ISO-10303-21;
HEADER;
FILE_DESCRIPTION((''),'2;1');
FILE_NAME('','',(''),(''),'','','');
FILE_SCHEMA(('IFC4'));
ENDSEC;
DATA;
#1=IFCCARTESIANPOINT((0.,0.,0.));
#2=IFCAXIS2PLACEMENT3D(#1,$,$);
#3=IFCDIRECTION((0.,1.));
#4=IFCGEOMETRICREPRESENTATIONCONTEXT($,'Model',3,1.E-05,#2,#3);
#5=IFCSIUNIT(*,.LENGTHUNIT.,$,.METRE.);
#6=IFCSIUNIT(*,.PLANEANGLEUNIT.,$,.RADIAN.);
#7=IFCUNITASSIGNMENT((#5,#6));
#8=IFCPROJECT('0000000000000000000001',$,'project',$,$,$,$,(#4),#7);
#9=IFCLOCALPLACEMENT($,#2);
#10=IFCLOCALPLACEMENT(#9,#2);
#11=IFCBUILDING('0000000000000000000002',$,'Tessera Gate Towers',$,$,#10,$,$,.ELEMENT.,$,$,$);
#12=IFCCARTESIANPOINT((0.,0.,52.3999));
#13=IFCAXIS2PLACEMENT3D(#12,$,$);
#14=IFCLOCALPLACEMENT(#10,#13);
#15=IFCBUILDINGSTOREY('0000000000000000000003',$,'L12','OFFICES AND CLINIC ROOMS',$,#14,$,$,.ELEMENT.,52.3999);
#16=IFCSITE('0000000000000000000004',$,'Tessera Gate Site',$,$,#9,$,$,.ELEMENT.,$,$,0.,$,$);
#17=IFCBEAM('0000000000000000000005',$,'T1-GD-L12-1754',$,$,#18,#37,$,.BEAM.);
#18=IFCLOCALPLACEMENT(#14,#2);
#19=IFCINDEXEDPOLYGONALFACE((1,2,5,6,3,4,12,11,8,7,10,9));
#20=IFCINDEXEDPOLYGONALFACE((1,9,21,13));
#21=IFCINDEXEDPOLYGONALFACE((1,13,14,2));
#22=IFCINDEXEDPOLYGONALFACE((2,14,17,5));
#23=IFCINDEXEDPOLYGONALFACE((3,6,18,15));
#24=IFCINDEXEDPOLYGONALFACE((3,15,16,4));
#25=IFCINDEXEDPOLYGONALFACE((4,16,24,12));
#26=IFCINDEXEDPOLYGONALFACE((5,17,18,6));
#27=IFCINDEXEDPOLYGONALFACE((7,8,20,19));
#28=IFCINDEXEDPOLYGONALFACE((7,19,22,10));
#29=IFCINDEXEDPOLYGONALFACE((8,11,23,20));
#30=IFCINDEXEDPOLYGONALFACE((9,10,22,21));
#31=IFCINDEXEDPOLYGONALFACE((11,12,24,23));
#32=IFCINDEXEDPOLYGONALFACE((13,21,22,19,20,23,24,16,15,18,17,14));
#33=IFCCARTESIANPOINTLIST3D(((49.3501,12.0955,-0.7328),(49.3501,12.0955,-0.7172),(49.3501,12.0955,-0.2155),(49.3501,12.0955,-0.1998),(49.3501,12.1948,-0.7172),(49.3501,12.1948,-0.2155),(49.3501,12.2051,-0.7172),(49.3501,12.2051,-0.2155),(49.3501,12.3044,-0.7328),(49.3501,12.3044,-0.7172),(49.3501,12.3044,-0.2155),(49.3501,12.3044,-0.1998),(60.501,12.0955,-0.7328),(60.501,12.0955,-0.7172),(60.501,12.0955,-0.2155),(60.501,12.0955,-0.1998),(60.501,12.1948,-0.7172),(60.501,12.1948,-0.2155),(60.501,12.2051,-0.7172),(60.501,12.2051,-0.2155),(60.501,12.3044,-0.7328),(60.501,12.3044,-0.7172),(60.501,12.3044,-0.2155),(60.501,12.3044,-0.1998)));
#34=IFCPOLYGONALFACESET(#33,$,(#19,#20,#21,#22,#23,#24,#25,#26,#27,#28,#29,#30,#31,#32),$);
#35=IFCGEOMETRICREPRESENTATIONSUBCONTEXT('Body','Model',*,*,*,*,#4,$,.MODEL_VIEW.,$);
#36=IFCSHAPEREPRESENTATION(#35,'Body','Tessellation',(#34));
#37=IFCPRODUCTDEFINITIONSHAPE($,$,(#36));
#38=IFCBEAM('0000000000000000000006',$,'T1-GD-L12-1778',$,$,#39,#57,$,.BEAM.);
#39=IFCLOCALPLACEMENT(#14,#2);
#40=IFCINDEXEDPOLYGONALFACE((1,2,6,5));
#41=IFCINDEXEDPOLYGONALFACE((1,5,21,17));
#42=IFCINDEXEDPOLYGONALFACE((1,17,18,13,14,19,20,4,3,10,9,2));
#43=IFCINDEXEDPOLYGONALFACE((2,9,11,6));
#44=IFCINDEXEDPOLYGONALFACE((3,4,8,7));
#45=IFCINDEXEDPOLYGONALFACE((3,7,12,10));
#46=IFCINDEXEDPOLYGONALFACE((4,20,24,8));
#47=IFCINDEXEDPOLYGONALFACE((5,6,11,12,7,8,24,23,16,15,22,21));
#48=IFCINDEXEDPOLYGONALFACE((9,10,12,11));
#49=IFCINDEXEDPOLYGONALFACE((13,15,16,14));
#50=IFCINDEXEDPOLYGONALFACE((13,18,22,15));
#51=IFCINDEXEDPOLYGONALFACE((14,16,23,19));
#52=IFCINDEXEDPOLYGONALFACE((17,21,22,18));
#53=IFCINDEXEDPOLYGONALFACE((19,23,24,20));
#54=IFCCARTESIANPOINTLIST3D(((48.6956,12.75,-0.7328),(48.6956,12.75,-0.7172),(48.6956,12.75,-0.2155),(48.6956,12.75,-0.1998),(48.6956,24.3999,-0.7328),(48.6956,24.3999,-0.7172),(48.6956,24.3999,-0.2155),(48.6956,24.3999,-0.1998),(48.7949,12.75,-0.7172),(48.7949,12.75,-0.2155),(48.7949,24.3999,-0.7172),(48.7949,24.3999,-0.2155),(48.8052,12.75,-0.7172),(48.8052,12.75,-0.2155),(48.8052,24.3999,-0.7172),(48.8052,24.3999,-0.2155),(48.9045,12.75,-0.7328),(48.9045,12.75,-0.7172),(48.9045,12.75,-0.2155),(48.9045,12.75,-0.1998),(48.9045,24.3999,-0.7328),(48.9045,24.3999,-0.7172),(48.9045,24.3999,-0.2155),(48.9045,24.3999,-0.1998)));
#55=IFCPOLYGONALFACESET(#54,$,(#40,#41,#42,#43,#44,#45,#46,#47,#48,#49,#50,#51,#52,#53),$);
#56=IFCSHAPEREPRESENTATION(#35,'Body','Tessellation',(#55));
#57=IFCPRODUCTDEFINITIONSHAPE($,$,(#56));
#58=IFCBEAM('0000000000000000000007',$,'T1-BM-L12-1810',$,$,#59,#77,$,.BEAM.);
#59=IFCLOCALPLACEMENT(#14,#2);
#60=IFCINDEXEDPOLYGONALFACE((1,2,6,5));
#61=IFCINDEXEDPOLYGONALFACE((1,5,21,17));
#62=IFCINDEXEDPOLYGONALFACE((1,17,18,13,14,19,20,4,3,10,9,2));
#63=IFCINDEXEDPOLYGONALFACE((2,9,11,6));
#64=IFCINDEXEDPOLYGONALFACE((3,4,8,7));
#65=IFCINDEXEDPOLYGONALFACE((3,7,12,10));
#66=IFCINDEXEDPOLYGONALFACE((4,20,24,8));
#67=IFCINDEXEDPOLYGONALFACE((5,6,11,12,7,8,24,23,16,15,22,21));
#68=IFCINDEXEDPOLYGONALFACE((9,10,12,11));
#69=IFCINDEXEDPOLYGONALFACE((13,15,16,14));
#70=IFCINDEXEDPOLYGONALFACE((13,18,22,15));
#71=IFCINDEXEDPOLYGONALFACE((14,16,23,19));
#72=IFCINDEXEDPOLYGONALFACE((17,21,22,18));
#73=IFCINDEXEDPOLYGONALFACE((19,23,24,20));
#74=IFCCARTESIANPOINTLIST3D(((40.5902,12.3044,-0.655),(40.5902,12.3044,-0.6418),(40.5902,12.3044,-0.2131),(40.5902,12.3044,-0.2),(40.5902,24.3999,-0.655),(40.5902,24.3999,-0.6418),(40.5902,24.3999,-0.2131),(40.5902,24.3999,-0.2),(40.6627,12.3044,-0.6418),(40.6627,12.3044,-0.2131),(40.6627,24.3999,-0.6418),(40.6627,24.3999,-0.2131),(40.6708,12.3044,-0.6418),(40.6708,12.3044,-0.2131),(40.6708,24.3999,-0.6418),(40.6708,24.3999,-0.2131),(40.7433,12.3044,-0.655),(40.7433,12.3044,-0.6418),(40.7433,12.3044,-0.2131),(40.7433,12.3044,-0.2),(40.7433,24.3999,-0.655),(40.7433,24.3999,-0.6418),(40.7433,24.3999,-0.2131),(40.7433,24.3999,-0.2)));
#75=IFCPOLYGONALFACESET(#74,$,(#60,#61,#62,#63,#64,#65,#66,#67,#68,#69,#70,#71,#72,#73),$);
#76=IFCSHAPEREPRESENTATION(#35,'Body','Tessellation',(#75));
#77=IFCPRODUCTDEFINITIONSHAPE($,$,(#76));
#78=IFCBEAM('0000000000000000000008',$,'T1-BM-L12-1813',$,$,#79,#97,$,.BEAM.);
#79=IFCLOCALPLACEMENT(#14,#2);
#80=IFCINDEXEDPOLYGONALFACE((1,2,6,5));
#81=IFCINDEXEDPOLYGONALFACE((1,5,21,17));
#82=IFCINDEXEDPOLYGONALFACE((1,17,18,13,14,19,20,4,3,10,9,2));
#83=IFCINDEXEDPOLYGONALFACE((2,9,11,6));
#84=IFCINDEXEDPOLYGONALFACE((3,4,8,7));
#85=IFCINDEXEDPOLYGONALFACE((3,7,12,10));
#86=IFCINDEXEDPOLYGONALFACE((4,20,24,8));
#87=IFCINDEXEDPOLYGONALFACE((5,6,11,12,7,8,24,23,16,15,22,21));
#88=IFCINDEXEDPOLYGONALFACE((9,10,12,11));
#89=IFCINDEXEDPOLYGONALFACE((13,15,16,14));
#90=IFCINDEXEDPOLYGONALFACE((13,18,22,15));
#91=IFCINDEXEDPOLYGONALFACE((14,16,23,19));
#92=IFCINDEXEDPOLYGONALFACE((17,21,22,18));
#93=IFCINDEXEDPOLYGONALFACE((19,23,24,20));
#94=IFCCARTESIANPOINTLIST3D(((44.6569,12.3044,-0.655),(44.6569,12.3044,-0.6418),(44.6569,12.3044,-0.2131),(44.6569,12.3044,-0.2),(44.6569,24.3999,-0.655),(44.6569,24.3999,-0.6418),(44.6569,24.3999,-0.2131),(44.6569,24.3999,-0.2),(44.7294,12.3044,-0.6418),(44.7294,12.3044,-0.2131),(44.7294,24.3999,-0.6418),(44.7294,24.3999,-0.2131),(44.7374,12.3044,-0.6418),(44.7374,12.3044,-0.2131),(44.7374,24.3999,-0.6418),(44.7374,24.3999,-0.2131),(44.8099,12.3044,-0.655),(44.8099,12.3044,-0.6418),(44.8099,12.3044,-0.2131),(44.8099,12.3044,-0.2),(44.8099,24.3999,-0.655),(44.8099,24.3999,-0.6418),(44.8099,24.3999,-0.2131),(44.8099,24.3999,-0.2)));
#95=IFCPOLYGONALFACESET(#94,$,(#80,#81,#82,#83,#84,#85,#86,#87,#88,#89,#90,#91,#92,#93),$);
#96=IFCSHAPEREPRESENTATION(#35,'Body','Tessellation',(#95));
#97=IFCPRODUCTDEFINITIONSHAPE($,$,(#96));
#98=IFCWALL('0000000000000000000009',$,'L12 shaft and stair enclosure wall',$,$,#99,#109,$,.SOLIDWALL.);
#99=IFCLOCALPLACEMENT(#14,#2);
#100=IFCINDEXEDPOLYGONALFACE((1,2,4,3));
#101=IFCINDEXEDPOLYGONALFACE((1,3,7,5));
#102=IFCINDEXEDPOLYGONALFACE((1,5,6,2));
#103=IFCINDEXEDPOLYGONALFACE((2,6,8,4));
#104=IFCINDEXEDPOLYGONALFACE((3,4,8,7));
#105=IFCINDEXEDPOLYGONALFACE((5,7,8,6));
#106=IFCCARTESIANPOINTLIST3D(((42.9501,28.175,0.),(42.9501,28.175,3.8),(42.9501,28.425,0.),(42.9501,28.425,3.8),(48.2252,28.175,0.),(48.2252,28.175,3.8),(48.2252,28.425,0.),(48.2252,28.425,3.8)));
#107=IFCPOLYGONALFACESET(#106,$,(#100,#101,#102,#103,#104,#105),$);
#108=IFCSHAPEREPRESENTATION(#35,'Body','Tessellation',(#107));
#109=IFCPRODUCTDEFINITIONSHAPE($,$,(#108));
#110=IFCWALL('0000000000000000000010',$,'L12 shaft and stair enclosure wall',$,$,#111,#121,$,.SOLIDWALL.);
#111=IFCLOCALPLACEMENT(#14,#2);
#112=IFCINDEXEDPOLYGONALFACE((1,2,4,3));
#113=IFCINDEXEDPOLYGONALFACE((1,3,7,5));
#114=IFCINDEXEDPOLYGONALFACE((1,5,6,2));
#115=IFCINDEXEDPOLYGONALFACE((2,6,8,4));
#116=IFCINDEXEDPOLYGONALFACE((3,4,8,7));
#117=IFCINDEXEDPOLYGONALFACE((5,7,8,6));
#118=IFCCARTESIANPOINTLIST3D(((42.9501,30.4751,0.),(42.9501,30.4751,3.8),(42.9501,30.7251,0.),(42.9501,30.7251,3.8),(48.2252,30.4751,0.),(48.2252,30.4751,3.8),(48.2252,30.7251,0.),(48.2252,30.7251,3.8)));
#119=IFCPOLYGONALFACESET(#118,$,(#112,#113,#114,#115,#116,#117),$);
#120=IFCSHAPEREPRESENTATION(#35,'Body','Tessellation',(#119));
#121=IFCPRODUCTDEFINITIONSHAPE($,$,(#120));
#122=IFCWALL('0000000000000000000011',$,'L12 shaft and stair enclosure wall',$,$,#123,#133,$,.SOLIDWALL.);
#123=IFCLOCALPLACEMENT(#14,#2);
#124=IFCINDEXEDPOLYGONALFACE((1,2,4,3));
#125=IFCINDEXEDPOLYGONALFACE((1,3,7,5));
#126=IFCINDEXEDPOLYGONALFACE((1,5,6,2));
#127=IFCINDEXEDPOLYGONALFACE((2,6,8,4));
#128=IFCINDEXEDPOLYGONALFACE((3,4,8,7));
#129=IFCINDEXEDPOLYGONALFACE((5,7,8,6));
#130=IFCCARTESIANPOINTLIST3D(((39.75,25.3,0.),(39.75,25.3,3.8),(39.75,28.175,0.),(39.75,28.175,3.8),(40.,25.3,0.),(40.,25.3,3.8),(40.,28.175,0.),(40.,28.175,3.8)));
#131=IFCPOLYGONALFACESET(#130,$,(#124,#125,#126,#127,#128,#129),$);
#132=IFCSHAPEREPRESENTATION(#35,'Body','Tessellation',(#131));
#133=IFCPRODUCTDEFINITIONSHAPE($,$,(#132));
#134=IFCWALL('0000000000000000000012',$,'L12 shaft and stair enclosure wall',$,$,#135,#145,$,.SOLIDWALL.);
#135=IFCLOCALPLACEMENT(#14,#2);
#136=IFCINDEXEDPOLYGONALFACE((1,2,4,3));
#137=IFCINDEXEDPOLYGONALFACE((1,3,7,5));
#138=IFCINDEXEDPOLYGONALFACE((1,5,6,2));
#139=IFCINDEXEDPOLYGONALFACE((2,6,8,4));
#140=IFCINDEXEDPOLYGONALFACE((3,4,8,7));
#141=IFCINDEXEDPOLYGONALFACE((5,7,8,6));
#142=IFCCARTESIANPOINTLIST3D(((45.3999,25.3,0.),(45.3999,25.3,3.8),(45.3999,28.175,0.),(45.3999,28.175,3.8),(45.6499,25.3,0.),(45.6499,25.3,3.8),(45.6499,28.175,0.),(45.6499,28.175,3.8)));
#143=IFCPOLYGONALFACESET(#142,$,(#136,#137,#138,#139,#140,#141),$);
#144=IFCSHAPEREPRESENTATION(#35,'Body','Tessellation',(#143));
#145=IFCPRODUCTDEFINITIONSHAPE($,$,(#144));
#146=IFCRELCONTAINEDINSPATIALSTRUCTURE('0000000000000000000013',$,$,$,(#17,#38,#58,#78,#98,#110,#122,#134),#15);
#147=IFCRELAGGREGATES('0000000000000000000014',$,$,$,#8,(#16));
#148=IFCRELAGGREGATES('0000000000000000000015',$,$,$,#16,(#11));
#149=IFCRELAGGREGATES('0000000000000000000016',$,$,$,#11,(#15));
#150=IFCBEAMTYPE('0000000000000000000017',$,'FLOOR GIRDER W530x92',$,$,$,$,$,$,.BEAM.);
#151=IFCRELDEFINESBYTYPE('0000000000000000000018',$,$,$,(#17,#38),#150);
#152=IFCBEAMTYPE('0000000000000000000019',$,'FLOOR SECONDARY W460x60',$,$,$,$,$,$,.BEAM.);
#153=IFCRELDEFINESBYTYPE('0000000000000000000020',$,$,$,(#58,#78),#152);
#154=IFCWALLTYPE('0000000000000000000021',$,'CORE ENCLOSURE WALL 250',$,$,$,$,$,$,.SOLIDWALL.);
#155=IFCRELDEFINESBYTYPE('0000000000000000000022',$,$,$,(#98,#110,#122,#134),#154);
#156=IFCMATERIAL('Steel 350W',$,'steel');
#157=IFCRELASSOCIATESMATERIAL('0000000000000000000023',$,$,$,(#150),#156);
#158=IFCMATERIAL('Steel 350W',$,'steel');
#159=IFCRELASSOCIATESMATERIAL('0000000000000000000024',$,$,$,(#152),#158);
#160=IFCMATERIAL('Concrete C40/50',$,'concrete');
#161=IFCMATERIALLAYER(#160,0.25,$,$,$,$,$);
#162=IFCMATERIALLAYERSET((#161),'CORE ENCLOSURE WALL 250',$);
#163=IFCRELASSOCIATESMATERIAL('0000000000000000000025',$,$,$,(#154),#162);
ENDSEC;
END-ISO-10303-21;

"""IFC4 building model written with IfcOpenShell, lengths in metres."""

from ifc_helpers import new_model, si_unit, direction, frame, frame_2d, origin, origin_2d, place, context, subcontext, project, spatial, rectangle, i_section, extrude, material, layer, layer_set, material_profile, profile_set, type_object, element, save


model = new_model("IFC4")

# Units and contexts
model_context = context("Model", 3, precision=1e-05, world=origin(), true_north=direction((0.0, 1.0)))
body_context = subcontext(model_context, "Body", "Model", "MODEL_VIEW")
ifc_project = project(units=[si_unit("LENGTHUNIT", "METRE"), si_unit("PLANEANGLEUNIT", "RADIAN")], contexts=[model_context])

# Site, building, storey
site_placement = place(None, origin())
site = spatial("IfcSite", under=ifc_project, at=site_placement, Name="Tessera Gate Site", CompositionType="ELEMENT", RefElevation=0.0)
building_placement = place(site_placement, origin())
building = spatial("IfcBuilding", under=site, at=building_placement, Name="Tessera Gate Towers", CompositionType="ELEMENT")
storey_placement = place(building_placement, frame((0.0, 0.0, 52.3999)))
storey = spatial("IfcBuildingStorey", under=building, at=storey_placement, Name="L12", Description="OFFICES AND CLINIC ROOMS", CompositionType="ELEMENT", Elevation=52.3999)

# Beams
ifc_material_1 = material(Name="Steel 350W", Category="steel")
ifc_material_profile_1 = material_profile(ifc_material_1, i_section(OverallWidth=0.209, OverallDepth=0.533, WebThickness=0.0103, FlangeThickness=0.0156, at=origin_2d()), Name="W530x92")
ifc_profile_set_1 = profile_set([ifc_material_profile_1], Name="Steel 350W")
beam_type_1 = type_object("IfcBeamType", Name="FLOOR GIRDER W530x92", PredefinedType="BEAM", material=ifc_profile_set_1)
beam_1_placement = place(storey_placement, frame((49.3501, 12.2, -0.4663), z_axis=(1.0, 0.0, 0.0), x_axis=(0.0, 1.0, 0.0)))
element("IfcBeam", 1, at=beam_1_placement, inside=storey, type_object=beam_type_1, Name="T1-GD-L12-1754", PredefinedType="BEAM", context=body_context, shape_type="SweptSolid", body=[
    extrude(i_section(OverallWidth=0.209, OverallDepth=0.533, WebThickness=0.0103, FlangeThickness=0.0156, at=origin_2d()), origin(), (0.0, 0.0, 1.0), 11.1509),
])
beam_2_placement = place(storey_placement, frame((48.8, 12.75, -0.4663), z_axis=(0.0, 1.0, 0.0), x_axis=(-1.0, 0.0, 0.0)))
element("IfcBeam", 2, at=beam_2_placement, inside=storey, type_object=beam_type_1, Name="T1-GD-L12-1778", PredefinedType="BEAM", context=body_context, shape_type="SweptSolid", body=[
    extrude(i_section(OverallWidth=0.209, OverallDepth=0.533, WebThickness=0.0103, FlangeThickness=0.0156, at=origin_2d()), origin(), (0.0, 0.0, 1.0), 11.6499),
])
ifc_material_2 = material(Name="Steel 350W", Category="steel")
ifc_material_profile_2 = material_profile(ifc_material_2, i_section(OverallWidth=0.1531, OverallDepth=0.4551, WebThickness=0.0081, FlangeThickness=0.0132, at=origin_2d()), Name="W460x60")
ifc_profile_set_2 = profile_set([ifc_material_profile_2], Name="Steel 350W")
beam_type_2 = type_object("IfcBeamType", Name="FLOOR SECONDARY W460x60", PredefinedType="BEAM", material=ifc_profile_set_2)
for number, where, z_axis, x_axis, name in (
    (3, (40.6667, 12.3044, -0.4275), (0.0, 1.0, 0.0), (-1.0, 0.0, 0.0), "T1-BM-L12-1810"),
    (4, (44.7334, 12.3044, -0.4275), (0.0, 1.0, 0.0), (-1.0, 0.0, 0.0), "T1-BM-L12-1813"),
):
    element("IfcBeam", number, at=place(storey_placement, frame(where, z_axis=z_axis, x_axis=x_axis)), inside=storey, type_object=beam_type_2, Name=name, PredefinedType="BEAM", context=body_context, shape_type="SweptSolid", body=[
        extrude(i_section(OverallWidth=0.1531, OverallDepth=0.4551, WebThickness=0.0081, FlangeThickness=0.0132, at=origin_2d()), origin(), (0.0, 0.0, 1.0), 12.0955),
    ])

# Walls
ifc_material_3 = material(Name="Concrete C40/50", Category="concrete")
ifc_layer_1 = layer(ifc_material_3, 0.25)
ifc_layer_set_1 = layer_set([ifc_layer_1], Name="CORE ENCLOSURE WALL 250")
wall_type_1 = type_object("IfcWallType", Name="CORE ENCLOSURE WALL 250", PredefinedType="SOLIDWALL", material=ifc_layer_set_1)
for number, where, z_axis, x_axis, name in (
    (5, (42.95, 28.3, 0.0), (0.0, 0.0, 1.0), (1.0, 0.0, 0.0), "L12 shaft and stair enclosure wall"),
    (6, (42.95, 30.6001, 0.0), (0.0, 0.0, 1.0), (1.0, 0.0, 0.0), "L12 shaft and stair enclosure wall"),
):
    element("IfcWall", number, at=place(storey_placement, frame(where, z_axis=z_axis, x_axis=x_axis)), inside=storey, type_object=wall_type_1, Name=name, PredefinedType="SOLIDWALL", context=body_context, shape_type="SweptSolid", body=[
        extrude(rectangle(XDim=5.2751, YDim=0.25, at=frame_2d((2.6377, 0.0))), origin(), (0.0, 0.0, 1.0), 3.8),
    ])
for number, where, z_axis, x_axis, name in (
    (7, (39.875, 25.3, 0.0), (0.0, 0.0, 1.0), (0.0, 1.0, 0.0), "L12 shaft and stair enclosure wall"),
    (8, (45.5249, 25.3, 0.0), (0.0, 0.0, 1.0), (0.0, 1.0, 0.0), "L12 shaft and stair enclosure wall"),
):
    element("IfcWall", number, at=place(storey_placement, frame(where, z_axis=z_axis, x_axis=x_axis)), inside=storey, type_object=wall_type_1, Name=name, PredefinedType="SOLIDWALL", context=body_context, shape_type="SweptSolid", body=[
        extrude(rectangle(XDim=2.875, YDim=0.25, at=frame_2d((1.4375, 0.0))), origin(), (0.0, 0.0, 1.0), 3.8),
    ])

save(model, "model.ifc")
